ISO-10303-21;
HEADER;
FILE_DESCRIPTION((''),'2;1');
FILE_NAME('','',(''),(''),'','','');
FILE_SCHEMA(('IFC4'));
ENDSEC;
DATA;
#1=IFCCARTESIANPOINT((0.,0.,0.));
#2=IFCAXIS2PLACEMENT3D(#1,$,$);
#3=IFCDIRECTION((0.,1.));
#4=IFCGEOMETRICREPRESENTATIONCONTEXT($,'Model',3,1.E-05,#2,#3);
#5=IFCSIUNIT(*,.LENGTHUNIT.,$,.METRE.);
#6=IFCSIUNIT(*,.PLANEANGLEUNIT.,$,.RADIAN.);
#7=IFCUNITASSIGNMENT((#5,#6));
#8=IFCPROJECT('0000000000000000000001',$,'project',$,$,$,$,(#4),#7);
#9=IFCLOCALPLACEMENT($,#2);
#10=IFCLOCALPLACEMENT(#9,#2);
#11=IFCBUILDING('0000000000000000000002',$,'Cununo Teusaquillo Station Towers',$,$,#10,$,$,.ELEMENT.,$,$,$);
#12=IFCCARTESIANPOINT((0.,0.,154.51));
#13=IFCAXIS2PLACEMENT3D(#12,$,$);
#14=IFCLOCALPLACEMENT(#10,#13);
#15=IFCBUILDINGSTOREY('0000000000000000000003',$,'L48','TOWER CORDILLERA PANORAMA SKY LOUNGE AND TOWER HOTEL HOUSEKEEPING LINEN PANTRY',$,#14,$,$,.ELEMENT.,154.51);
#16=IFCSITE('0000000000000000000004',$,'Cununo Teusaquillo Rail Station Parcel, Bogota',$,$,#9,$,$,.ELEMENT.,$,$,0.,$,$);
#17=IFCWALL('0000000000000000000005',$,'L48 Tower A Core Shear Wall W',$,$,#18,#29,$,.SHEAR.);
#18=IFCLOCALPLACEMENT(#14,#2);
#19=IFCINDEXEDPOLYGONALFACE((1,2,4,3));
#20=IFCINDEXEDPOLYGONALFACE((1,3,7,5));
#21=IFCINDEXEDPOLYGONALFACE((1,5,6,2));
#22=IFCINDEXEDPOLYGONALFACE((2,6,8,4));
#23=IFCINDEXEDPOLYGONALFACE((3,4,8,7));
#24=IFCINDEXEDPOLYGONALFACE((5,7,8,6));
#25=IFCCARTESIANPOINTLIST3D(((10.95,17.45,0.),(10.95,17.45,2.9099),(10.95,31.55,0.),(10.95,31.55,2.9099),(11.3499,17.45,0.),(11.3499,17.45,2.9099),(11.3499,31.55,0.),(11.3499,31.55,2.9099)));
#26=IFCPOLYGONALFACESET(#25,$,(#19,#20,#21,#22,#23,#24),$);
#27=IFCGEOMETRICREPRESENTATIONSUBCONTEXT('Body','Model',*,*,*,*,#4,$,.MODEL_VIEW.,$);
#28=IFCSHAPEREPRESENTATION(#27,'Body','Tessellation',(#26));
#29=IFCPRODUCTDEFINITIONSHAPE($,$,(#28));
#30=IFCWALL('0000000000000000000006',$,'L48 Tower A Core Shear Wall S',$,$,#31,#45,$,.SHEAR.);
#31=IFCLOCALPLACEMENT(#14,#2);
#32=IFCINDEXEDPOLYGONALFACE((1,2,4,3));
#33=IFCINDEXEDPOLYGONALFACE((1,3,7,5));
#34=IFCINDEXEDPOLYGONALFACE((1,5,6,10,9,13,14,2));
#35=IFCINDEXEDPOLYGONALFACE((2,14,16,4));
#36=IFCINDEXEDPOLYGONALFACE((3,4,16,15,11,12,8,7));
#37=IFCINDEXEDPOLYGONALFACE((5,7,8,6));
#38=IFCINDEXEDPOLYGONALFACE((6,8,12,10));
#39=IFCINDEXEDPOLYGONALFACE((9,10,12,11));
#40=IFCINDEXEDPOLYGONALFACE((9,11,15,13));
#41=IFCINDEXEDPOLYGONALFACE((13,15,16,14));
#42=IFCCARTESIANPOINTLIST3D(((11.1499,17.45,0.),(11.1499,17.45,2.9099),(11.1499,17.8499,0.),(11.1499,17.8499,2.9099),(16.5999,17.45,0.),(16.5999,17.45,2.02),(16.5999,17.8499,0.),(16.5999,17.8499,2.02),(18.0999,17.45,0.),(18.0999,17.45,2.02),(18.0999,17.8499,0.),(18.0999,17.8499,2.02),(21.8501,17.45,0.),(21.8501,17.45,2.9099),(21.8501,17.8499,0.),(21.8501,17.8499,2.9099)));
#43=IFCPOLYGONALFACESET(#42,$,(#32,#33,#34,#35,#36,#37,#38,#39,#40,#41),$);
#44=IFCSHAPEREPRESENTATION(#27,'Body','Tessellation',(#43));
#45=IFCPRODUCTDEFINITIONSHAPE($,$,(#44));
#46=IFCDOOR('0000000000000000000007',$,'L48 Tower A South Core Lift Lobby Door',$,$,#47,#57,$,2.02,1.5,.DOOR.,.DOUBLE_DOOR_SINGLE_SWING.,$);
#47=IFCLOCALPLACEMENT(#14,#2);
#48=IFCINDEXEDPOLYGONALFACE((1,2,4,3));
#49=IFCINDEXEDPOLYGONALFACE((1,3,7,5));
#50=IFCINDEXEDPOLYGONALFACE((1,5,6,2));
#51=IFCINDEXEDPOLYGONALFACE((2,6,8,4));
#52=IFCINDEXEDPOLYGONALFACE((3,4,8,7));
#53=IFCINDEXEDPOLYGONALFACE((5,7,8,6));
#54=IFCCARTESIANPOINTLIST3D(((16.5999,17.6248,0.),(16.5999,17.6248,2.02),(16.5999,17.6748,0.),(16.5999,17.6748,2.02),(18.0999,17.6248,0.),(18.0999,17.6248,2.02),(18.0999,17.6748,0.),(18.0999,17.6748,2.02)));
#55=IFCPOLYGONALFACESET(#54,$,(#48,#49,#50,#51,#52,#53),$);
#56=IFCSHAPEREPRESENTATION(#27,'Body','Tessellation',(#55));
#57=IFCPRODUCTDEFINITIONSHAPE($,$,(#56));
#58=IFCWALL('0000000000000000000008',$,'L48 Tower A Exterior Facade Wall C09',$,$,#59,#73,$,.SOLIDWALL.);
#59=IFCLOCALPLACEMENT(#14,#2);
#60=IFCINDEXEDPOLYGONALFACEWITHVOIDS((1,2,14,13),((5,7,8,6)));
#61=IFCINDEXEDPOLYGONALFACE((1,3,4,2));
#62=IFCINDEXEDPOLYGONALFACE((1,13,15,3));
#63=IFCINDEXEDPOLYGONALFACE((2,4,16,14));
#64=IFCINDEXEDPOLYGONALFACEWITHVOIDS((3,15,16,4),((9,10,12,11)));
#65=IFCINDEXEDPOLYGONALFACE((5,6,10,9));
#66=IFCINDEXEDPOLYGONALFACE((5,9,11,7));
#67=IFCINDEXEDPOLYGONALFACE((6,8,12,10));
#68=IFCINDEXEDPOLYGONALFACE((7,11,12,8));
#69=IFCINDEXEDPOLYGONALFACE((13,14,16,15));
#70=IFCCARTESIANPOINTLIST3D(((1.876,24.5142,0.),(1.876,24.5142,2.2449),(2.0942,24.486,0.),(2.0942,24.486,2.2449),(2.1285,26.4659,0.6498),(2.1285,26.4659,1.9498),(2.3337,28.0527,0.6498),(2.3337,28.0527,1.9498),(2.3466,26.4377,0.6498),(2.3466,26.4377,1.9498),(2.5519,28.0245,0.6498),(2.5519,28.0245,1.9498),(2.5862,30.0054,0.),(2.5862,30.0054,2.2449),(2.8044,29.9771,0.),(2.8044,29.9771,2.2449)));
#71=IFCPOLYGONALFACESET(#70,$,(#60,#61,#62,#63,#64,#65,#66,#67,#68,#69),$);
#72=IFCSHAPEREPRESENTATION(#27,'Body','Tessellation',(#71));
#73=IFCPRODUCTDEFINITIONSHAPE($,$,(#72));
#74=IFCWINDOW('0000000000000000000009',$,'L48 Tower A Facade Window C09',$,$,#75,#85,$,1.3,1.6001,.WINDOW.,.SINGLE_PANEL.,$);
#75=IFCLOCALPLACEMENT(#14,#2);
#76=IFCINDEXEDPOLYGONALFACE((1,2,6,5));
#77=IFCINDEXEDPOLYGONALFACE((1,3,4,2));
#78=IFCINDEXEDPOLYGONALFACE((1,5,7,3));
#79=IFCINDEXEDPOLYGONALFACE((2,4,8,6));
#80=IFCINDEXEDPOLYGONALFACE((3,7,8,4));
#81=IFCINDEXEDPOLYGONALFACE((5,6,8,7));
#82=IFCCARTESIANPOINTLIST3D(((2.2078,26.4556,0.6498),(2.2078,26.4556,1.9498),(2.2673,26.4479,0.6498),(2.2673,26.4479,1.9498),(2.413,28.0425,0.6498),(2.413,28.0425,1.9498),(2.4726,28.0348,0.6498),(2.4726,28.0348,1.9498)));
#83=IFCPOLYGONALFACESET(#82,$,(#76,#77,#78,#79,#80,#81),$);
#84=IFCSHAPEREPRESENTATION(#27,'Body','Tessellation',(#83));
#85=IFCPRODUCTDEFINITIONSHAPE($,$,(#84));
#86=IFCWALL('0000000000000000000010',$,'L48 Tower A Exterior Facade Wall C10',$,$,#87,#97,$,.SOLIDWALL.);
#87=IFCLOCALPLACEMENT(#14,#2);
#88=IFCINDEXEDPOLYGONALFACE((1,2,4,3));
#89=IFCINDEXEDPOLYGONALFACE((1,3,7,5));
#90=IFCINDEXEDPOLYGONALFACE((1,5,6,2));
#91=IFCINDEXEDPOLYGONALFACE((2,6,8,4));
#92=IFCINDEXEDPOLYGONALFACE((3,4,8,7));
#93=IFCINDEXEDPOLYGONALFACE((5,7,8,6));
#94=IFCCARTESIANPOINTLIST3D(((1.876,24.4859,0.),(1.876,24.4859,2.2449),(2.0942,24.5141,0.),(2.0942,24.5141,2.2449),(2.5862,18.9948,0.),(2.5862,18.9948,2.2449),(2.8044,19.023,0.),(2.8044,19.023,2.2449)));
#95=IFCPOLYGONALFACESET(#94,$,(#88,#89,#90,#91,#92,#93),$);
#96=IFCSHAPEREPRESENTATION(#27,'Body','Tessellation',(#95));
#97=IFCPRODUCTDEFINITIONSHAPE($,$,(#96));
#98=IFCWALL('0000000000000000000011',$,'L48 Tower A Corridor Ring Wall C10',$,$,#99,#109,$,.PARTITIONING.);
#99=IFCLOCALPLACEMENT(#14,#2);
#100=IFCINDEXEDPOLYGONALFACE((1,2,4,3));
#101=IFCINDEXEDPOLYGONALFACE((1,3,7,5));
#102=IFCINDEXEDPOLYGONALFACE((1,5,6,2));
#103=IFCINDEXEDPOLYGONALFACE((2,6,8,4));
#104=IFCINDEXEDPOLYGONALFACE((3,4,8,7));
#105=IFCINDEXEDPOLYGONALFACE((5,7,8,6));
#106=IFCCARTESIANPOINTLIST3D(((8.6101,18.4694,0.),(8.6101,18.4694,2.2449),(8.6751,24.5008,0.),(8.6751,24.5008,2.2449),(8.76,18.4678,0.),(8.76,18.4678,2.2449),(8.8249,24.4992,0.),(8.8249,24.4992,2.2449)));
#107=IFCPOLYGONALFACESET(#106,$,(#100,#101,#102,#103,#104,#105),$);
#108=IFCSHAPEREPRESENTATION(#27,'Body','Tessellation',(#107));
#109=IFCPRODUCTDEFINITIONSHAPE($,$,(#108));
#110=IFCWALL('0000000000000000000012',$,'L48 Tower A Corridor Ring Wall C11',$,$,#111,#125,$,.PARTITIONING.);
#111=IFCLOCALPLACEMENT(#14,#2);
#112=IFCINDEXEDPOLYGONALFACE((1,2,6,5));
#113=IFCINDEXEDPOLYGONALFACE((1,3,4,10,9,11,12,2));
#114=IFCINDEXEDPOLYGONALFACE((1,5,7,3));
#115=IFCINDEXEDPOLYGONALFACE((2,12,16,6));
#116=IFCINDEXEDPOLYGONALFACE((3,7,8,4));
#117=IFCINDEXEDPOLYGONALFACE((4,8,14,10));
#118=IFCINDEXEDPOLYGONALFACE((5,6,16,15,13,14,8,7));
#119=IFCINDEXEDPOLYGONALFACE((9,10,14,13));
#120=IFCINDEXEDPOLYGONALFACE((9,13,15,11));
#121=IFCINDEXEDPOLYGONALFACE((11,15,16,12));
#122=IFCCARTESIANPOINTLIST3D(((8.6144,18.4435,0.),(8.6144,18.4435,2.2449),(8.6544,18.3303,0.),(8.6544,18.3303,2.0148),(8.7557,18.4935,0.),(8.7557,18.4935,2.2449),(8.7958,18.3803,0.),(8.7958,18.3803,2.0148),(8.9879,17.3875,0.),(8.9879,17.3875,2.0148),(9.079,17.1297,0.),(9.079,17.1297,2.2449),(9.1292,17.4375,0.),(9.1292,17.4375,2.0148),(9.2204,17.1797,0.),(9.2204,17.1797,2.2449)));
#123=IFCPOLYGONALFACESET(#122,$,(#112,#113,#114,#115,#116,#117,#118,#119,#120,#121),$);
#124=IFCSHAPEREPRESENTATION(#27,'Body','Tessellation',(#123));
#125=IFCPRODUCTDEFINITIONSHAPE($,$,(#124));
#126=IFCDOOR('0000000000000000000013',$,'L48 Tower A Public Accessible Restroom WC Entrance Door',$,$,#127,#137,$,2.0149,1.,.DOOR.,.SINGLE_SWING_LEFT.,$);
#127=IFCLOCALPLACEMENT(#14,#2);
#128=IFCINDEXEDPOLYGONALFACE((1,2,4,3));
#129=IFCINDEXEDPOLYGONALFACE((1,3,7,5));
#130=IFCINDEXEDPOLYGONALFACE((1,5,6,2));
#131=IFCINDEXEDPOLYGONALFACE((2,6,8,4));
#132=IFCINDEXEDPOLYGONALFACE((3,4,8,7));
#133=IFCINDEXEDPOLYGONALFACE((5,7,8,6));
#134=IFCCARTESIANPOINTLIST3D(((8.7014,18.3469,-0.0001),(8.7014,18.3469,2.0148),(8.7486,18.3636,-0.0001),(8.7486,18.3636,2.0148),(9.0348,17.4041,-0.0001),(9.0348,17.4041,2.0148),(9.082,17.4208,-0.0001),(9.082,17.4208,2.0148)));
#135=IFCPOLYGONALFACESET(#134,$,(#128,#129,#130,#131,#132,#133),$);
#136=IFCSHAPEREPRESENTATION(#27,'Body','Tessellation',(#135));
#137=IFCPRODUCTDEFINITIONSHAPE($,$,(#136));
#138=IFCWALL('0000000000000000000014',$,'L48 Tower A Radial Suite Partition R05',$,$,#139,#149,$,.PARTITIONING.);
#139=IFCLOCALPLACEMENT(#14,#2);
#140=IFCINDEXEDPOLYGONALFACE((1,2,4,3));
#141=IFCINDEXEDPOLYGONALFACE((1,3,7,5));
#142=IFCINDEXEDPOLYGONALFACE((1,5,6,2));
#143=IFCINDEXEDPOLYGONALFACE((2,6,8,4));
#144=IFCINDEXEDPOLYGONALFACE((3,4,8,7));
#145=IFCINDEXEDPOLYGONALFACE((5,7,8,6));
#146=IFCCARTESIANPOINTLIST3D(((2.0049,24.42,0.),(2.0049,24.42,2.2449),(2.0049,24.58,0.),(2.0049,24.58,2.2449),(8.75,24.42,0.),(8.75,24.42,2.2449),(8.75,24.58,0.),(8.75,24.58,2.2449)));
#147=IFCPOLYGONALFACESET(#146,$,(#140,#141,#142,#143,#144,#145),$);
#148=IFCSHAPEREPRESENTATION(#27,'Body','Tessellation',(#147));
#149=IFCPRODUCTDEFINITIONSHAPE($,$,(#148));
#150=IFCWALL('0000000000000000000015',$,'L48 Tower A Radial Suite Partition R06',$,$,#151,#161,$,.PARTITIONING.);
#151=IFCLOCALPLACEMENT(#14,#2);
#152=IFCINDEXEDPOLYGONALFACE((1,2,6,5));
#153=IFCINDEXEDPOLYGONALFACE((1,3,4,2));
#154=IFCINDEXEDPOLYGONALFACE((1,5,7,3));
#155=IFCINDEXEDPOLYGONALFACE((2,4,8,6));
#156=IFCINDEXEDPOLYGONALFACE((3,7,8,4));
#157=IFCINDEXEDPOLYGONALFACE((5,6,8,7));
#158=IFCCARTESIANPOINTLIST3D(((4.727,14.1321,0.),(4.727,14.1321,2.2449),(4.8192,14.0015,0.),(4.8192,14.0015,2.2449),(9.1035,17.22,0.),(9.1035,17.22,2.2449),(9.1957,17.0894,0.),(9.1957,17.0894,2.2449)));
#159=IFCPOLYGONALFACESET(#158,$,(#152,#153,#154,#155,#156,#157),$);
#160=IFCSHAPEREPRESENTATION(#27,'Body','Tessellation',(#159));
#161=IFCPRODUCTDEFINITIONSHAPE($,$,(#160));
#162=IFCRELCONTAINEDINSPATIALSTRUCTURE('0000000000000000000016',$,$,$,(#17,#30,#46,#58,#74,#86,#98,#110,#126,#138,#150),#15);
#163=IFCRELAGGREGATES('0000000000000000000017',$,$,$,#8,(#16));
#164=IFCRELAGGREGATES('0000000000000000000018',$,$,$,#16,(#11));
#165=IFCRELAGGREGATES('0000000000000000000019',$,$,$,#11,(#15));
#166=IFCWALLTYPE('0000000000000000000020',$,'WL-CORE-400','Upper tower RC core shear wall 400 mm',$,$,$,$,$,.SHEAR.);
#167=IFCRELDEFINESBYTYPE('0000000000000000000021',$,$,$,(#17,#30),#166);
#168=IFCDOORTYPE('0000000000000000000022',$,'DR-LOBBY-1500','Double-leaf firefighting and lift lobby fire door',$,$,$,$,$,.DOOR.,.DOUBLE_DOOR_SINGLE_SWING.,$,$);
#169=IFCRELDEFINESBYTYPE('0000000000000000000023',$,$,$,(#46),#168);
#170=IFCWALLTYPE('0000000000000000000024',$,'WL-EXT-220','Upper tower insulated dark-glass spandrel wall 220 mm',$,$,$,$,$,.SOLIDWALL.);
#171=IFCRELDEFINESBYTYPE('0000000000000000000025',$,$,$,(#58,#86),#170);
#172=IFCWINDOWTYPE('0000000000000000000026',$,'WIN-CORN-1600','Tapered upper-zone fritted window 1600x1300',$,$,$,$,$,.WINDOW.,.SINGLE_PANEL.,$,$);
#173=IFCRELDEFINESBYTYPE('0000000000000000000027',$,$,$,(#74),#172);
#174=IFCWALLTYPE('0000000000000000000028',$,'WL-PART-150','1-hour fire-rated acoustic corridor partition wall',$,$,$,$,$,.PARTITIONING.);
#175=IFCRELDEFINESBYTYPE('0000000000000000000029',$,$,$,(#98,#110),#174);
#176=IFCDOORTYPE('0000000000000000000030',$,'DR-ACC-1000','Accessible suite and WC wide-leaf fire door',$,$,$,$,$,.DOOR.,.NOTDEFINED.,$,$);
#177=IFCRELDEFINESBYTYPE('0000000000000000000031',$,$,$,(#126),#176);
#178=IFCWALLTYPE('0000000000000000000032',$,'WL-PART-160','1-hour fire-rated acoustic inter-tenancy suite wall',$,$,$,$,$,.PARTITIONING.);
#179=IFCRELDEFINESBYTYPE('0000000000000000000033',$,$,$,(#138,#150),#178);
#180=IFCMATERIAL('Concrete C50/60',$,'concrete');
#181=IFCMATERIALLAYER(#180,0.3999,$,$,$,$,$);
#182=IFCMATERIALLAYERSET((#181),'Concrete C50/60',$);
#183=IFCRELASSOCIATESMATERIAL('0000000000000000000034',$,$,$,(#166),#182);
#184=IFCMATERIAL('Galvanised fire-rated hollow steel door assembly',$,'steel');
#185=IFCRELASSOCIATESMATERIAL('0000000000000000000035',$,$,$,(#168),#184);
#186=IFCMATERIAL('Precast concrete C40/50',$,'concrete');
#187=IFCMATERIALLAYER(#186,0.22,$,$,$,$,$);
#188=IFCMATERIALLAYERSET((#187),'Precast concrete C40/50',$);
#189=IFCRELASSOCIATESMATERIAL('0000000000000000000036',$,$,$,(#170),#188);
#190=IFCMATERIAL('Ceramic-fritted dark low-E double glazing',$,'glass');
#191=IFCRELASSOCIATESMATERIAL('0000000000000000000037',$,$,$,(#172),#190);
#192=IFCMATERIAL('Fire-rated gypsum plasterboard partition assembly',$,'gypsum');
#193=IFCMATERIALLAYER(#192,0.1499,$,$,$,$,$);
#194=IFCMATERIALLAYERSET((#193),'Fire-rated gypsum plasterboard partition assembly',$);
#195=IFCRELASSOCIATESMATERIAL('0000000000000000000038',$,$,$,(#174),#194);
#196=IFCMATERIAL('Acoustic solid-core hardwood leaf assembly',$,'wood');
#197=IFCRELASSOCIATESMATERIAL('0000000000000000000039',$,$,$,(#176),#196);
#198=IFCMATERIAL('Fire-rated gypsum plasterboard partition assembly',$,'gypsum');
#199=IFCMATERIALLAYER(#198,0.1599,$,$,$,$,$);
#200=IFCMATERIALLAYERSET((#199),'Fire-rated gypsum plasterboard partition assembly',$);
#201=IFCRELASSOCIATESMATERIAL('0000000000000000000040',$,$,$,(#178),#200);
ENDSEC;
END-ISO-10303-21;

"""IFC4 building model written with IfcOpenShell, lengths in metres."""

from ifc_helpers import new_model, si_unit, direction, frame, frame_2d, origin, place, context, subcontext, project, spatial, rectangle, extrude, source, transform, mapped, material, layer, layer_set, type_object, element, fill, save


model = new_model("IFC4")

# Units and contexts
model_context = context("Model", 3, precision=1e-05, world=origin(), true_north=direction((0.0, 1.0)))
body_context = subcontext(model_context, "Body", "Model", "MODEL_VIEW")
ifc_project = project(units=[si_unit("LENGTHUNIT", "METRE"), si_unit("PLANEANGLEUNIT", "RADIAN")], contexts=[model_context])

# Site, building, storey
site_placement = place(None, origin())
site = spatial("IfcSite", under=ifc_project, at=site_placement, Name="Cununo Teusaquillo Rail Station Parcel, Bogota", CompositionType="ELEMENT", RefElevation=0.0)
building_placement = place(site_placement, origin())
building = spatial("IfcBuilding", under=site, at=building_placement, Name="Cununo Teusaquillo Station Towers", CompositionType="ELEMENT")
storey_placement = place(building_placement, frame((0.0, 0.0, 154.51)))
storey = spatial("IfcBuildingStorey", under=building, at=storey_placement, Name="L48", Description="TOWER CORDILLERA PANORAMA SKY LOUNGE AND TOWER HOTEL HOUSEKEEPING LINEN PANTRY", CompositionType="ELEMENT", Elevation=154.51)

# Wall
ifc_material_1 = material(Name="Concrete C50/60", Category="concrete")
ifc_layer_1 = layer(ifc_material_1, 0.3999)
ifc_layer_set_1 = layer_set([ifc_layer_1], Name="Concrete C50/60")
wall_type_1 = type_object("IfcWallType", Name="WL-CORE-400", Description="Upper tower RC core shear wall 400 mm", PredefinedType="SHEAR", material=ifc_layer_set_1)
wall_1_placement = place(storey_placement, frame((11.1499, 17.45, 0.0), z_axis=(0.0, 0.0, 1.0), x_axis=(0.0, 1.0, 0.0)))
element("IfcWall", 1, at=wall_1_placement, inside=storey, type_object=wall_type_1, Name="L48 Tower A Core Shear Wall W", PredefinedType="SHEAR", context=body_context, shape_type="SweptSolid", body=[
    extrude(rectangle(XDim=14.1001, YDim=0.3999, at=frame_2d((7.05, 0.0))), origin(), (0.0, 0.0, 1.0), 2.9099),
])

# Wall, opening, door
wall_2_placement = place(storey_placement, frame((11.1499, 17.6499, 0.0), z_axis=(0.0, 0.0, 1.0), x_axis=(1.0, 0.0, 0.0)))
wall_2 = element("IfcWall", 2, at=wall_2_placement, inside=storey, type_object=wall_type_1, Name="L48 Tower A Core Shear Wall S", PredefinedType="SHEAR", context=body_context, shape_type="SweptSolid", body=[
    extrude(rectangle(XDim=10.7002, YDim=0.3999, at=frame_2d((5.3501, 0.0))), origin(), (0.0, 0.0, 1.0), 2.9099),
])
shared_shape_1 = source(origin(), body_context, "Body", "SweptSolid", [
    extrude(rectangle(XDim=1.5, YDim=2.02, at=frame_2d((0.75, 1.01))), frame((0.0, 0.21, 0.0), z_axis=(0.0, -1.0, 0.0), x_axis=(1.0, 0.0, 0.0)), (0.0, 0.0, 1.0), 0.4199),
])
opening_1_placement = place(wall_2_placement, frame((5.45, 0.0, 0.0)))
opening_1 = element("IfcOpeningElement", 3, at=opening_1_placement, cuts=wall_2, PredefinedType="OPENING", context=body_context, shape_type="MappedRepresentation", body=[
    mapped(shared_shape_1, transform((0.0, 0.0, 0.0), x_axis=(1.0, 0.0, 0.0), y_axis=(0.0, 1.0, 0.0), z_axis=(0.0, 0.0, 1.0), scale=1.0)),
])
ifc_material_2 = material(Name="Galvanised fire-rated hollow steel door assembly", Category="steel")
door_type_1 = type_object("IfcDoorType", Name="DR-LOBBY-1500", Description="Double-leaf firefighting and lift lobby fire door", OperationType="DOUBLE_DOOR_SINGLE_SWING", PredefinedType="DOOR", material=ifc_material_2)
shared_shape_2 = source(origin(), body_context, "Body", "SweptSolid", [
    extrude(rectangle(XDim=1.5, YDim=2.02, at=frame_2d((0.75, 1.01))), frame((0.0, 0.0249, 0.0), z_axis=(0.0, -1.0, 0.0), x_axis=(1.0, 0.0, 0.0)), (0.0, 0.0, 1.0), 0.05),
])
door_1_placement = place(opening_1_placement, origin())
door_1 = element("IfcDoor", 4, at=door_1_placement, inside=storey, type_object=door_type_1, Name="L48 Tower A South Core Lift Lobby Door", OperationType="DOUBLE_DOOR_SINGLE_SWING", OverallHeight=2.02, OverallWidth=1.5, PredefinedType="DOOR", context=body_context, shape_type="MappedRepresentation", body=[
    mapped(shared_shape_2, transform((0.0, 0.0, 0.0), x_axis=(1.0, 0.0, 0.0), y_axis=(0.0, 1.0, 0.0), z_axis=(0.0, 0.0, 1.0), scale=1.0)),
])
fill(opening_1, door_1)

# Wall, opening, window
ifc_material_3 = material(Name="Precast concrete C40/50", Category="concrete")
ifc_layer_2 = layer(ifc_material_3, 0.22)
ifc_layer_set_2 = layer_set([ifc_layer_2], Name="Precast concrete C40/50")
wall_type_2 = type_object("IfcWallType", Name="WL-EXT-220", Description="Upper tower insulated dark-glass spandrel wall 220 mm", PredefinedType="SOLIDWALL", material=ifc_layer_set_2)
wall_3_placement = place(storey_placement, frame((1.9851, 24.5, 0.0), z_axis=(0.0, 0.0, 1.0), x_axis=(0.128267, 0.99174, 0.0)))
wall_3 = element("IfcWall", 5, at=wall_3_placement, inside=storey, type_object=wall_type_2, Name="L48 Tower A Exterior Facade Wall C09", PredefinedType="SOLIDWALL", context=body_context, shape_type="SweptSolid", body=[
    extrude(rectangle(XDim=5.5369, YDim=0.22, at=frame_2d((2.7686, 0.0))), origin(), (0.0, 0.0, 1.0), 2.2449),
])
shared_shape_3 = source(origin(), body_context, "Body", "SweptSolid", [
    extrude(rectangle(XDim=1.6001, YDim=1.3, at=frame_2d((0.8, 0.6499))), frame((0.0, 0.1199, 0.0), z_axis=(0.0, -1.0, 0.0), x_axis=(1.0, 0.0, 0.0)), (0.0, 0.0, 1.0), 0.24),
])
opening_2_placement = place(wall_3_placement, frame((1.968, 0.0, 0.6499)))
opening_2 = element("IfcOpeningElement", 6, at=opening_2_placement, cuts=wall_3, PredefinedType="OPENING", context=body_context, shape_type="MappedRepresentation", body=[
    mapped(shared_shape_3, transform((0.0, 0.0, 0.0), x_axis=(1.0, 0.0, 0.0), y_axis=(0.0, 1.0, 0.0), z_axis=(0.0, 0.0, 1.0), scale=1.0)),
])
ifc_material_4 = material(Name="Ceramic-fritted dark low-E double glazing", Category="glass")
window_type = type_object("IfcWindowType", Name="WIN-CORN-1600", Description="Tapered upper-zone fritted window 1600x1300", PartitioningType="SINGLE_PANEL", PredefinedType="WINDOW", material=ifc_material_4)
shared_shape_4 = source(origin(), body_context, "Body", "SweptSolid", [
    extrude(rectangle(XDim=1.6001, YDim=1.3, at=frame_2d((0.8, 0.6499))), frame((0.0, 0.03, 0.0), z_axis=(0.0, -1.0, 0.0), x_axis=(1.0, 0.0, 0.0)), (0.0, 0.0, 1.0), 0.0601),
])
window_placement = place(opening_2_placement, origin())
window = element("IfcWindow", 7, at=window_placement, inside=storey, type_object=window_type, Name="L48 Tower A Facade Window C09", OverallHeight=1.3, OverallWidth=1.6001, PartitioningType="SINGLE_PANEL", PredefinedType="WINDOW", context=body_context, shape_type="MappedRepresentation", body=[
    mapped(shared_shape_4, transform((0.0, 0.0, 0.0), x_axis=(1.0, 0.0, 0.0), y_axis=(0.0, 1.0, 0.0), z_axis=(0.0, 0.0, 1.0), scale=1.0)),
])
fill(opening_2, window)

# Walls
wall_4_placement = place(storey_placement, frame((2.6953, 19.0088, 0.0), z_axis=(0.0, 0.0, 1.0), x_axis=(-0.128267, 0.99174, 0.0)))
element("IfcWall", 8, at=wall_4_placement, inside=storey, type_object=wall_type_2, Name="L48 Tower A Exterior Facade Wall C10", PredefinedType="SOLIDWALL", context=body_context, shape_type="SweptSolid", body=[
    extrude(rectangle(XDim=5.5369, YDim=0.22, at=frame_2d((2.7686, 0.0))), origin(), (0.0, 0.0, 1.0), 2.2449),
])
ifc_material_5 = material(Name="Fire-rated gypsum plasterboard partition assembly", Category="gypsum")
ifc_layer_3 = layer(ifc_material_5, 0.1499)
ifc_layer_set_3 = layer_set([ifc_layer_3], Name="Fire-rated gypsum plasterboard partition assembly")
wall_type_3 = type_object("IfcWallType", Name="WL-PART-150", Description="1-hour fire-rated acoustic corridor partition wall", PredefinedType="PARTITIONING", material=ifc_layer_set_3)
wall_5_placement = place(storey_placement, frame((8.75, 24.5, 0.0), z_axis=(0.0, 0.0, 1.0), x_axis=(-0.010766, -0.999942, 0.0)))
element("IfcWall", 9, at=wall_5_placement, inside=storey, type_object=wall_type_3, Name="L48 Tower A Corridor Ring Wall C10", PredefinedType="PARTITIONING", context=body_context, shape_type="SweptSolid", body=[
    extrude(rectangle(XDim=6.0317, YDim=0.1499, at=frame_2d((3.0159, 0.0))), origin(), (0.0, 0.0, 1.0), 2.2449),
])

# Wall, opening, door
wall_6_placement = place(storey_placement, frame((8.6851, 18.4685, 0.0), z_axis=(0.0, 0.0, 1.0), x_axis=(0.333416, -0.94278, 0.0)))
wall_6 = element("IfcWall", 10, at=wall_6_placement, inside=storey, type_object=wall_type_3, Name="L48 Tower A Corridor Ring Wall C11", PredefinedType="PARTITIONING", context=body_context, shape_type="SweptSolid", body=[
    extrude(rectangle(XDim=1.3936, YDim=0.1499, at=frame_2d((0.6968, 0.0))), origin(), (0.0, 0.0, 1.0), 2.2449),
])
shared_shape_5 = source(origin(), body_context, "Body", "SweptSolid", [
    extrude(rectangle(XDim=1.0, YDim=2.0149, at=frame_2d((0.5, 1.0073))), frame((0.0, 0.085, 0.0), z_axis=(0.0, -1.0, 0.0), x_axis=(1.0, 0.0, 0.0)), (0.0, 0.0, 1.0), 0.1699),
])
opening_3_placement = place(wall_6_placement, frame((0.1201, 0.0, 0.0)))
opening_3 = element("IfcOpeningElement", 11, at=opening_3_placement, cuts=wall_6, PredefinedType="OPENING", context=body_context, shape_type="MappedRepresentation", body=[
    mapped(shared_shape_5, transform((0.0, 0.0, 0.0), x_axis=(1.0, 0.0, 0.0), y_axis=(0.0, 1.0, 0.0), z_axis=(0.0, 0.0, 1.0), scale=1.0)),
])
ifc_material_6 = material(Name="Acoustic solid-core hardwood leaf assembly", Category="wood")
door_type_2 = type_object("IfcDoorType", Name="DR-ACC-1000", Description="Accessible suite and WC wide-leaf fire door", OperationType="NOTDEFINED", PredefinedType="DOOR", material=ifc_material_6)
shared_shape_6 = source(origin(), body_context, "Body", "SweptSolid", [
    extrude(rectangle(XDim=1.0, YDim=2.0149, at=frame_2d((0.5, 1.0073))), frame((0.0, 0.0249, 0.0), z_axis=(0.0, -1.0, 0.0), x_axis=(1.0, 0.0, 0.0)), (0.0, 0.0, 1.0), 0.05),
])
door_2_placement = place(opening_3_placement, origin())
door_2 = element("IfcDoor", 12, at=door_2_placement, inside=storey, type_object=door_type_2, Name="L48 Tower A Public Accessible Restroom WC Entrance Door", OperationType="SINGLE_SWING_LEFT", OverallHeight=2.0149, OverallWidth=1.0, PredefinedType="DOOR", context=body_context, shape_type="MappedRepresentation", body=[
    mapped(shared_shape_6, transform((0.0, 0.0, 0.0), x_axis=(1.0, 0.0, 0.0), y_axis=(0.0, 1.0, 0.0), z_axis=(0.0, 0.0, 1.0), scale=1.0)),
])
fill(opening_3, door_2)

# Walls
ifc_material_7 = material(Name="Fire-rated gypsum plasterboard partition assembly", Category="gypsum")
ifc_layer_4 = layer(ifc_material_7, 0.1599)
ifc_layer_set_4 = layer_set([ifc_layer_4], Name="Fire-rated gypsum plasterboard partition assembly")
wall_type_4 = type_object("IfcWallType", Name="WL-PART-160", Description="1-hour fire-rated acoustic inter-tenancy suite wall", PredefinedType="PARTITIONING", material=ifc_layer_set_4)
wall_7_placement = place(storey_placement, frame((8.75, 24.5, 0.0), z_axis=(0.0, 0.0, 1.0), x_axis=(-1.0, 0.0, 0.0)))
element("IfcWall", 13, at=wall_7_placement, inside=storey, type_object=wall_type_4, Name="L48 Tower A Radial Suite Partition R05", PredefinedType="PARTITIONING", context=body_context, shape_type="SweptSolid", body=[
    extrude(rectangle(XDim=6.7451, YDim=0.1599, at=frame_2d((3.3726, 0.0))), origin(), (0.0, 0.0, 1.0), 2.2449),
])
wall_8_placement = place(storey_placement, frame((9.1497, 17.1548, 0.0), z_axis=(0.0, 0.0, 1.0), x_axis=(-0.817089, -0.576511, 0.0)))
element("IfcWall", 14, at=wall_8_placement, inside=storey, type_object=wall_type_4, Name="L48 Tower A Radial Suite Partition R06", PredefinedType="PARTITIONING", context=body_context, shape_type="SweptSolid", body=[
    extrude(rectangle(XDim=5.3562, YDim=0.1599, at=frame_2d((2.6782, 0.0))), origin(), (0.0, 0.0, 1.0), 2.2449),
])

save(model, "model.ifc")
